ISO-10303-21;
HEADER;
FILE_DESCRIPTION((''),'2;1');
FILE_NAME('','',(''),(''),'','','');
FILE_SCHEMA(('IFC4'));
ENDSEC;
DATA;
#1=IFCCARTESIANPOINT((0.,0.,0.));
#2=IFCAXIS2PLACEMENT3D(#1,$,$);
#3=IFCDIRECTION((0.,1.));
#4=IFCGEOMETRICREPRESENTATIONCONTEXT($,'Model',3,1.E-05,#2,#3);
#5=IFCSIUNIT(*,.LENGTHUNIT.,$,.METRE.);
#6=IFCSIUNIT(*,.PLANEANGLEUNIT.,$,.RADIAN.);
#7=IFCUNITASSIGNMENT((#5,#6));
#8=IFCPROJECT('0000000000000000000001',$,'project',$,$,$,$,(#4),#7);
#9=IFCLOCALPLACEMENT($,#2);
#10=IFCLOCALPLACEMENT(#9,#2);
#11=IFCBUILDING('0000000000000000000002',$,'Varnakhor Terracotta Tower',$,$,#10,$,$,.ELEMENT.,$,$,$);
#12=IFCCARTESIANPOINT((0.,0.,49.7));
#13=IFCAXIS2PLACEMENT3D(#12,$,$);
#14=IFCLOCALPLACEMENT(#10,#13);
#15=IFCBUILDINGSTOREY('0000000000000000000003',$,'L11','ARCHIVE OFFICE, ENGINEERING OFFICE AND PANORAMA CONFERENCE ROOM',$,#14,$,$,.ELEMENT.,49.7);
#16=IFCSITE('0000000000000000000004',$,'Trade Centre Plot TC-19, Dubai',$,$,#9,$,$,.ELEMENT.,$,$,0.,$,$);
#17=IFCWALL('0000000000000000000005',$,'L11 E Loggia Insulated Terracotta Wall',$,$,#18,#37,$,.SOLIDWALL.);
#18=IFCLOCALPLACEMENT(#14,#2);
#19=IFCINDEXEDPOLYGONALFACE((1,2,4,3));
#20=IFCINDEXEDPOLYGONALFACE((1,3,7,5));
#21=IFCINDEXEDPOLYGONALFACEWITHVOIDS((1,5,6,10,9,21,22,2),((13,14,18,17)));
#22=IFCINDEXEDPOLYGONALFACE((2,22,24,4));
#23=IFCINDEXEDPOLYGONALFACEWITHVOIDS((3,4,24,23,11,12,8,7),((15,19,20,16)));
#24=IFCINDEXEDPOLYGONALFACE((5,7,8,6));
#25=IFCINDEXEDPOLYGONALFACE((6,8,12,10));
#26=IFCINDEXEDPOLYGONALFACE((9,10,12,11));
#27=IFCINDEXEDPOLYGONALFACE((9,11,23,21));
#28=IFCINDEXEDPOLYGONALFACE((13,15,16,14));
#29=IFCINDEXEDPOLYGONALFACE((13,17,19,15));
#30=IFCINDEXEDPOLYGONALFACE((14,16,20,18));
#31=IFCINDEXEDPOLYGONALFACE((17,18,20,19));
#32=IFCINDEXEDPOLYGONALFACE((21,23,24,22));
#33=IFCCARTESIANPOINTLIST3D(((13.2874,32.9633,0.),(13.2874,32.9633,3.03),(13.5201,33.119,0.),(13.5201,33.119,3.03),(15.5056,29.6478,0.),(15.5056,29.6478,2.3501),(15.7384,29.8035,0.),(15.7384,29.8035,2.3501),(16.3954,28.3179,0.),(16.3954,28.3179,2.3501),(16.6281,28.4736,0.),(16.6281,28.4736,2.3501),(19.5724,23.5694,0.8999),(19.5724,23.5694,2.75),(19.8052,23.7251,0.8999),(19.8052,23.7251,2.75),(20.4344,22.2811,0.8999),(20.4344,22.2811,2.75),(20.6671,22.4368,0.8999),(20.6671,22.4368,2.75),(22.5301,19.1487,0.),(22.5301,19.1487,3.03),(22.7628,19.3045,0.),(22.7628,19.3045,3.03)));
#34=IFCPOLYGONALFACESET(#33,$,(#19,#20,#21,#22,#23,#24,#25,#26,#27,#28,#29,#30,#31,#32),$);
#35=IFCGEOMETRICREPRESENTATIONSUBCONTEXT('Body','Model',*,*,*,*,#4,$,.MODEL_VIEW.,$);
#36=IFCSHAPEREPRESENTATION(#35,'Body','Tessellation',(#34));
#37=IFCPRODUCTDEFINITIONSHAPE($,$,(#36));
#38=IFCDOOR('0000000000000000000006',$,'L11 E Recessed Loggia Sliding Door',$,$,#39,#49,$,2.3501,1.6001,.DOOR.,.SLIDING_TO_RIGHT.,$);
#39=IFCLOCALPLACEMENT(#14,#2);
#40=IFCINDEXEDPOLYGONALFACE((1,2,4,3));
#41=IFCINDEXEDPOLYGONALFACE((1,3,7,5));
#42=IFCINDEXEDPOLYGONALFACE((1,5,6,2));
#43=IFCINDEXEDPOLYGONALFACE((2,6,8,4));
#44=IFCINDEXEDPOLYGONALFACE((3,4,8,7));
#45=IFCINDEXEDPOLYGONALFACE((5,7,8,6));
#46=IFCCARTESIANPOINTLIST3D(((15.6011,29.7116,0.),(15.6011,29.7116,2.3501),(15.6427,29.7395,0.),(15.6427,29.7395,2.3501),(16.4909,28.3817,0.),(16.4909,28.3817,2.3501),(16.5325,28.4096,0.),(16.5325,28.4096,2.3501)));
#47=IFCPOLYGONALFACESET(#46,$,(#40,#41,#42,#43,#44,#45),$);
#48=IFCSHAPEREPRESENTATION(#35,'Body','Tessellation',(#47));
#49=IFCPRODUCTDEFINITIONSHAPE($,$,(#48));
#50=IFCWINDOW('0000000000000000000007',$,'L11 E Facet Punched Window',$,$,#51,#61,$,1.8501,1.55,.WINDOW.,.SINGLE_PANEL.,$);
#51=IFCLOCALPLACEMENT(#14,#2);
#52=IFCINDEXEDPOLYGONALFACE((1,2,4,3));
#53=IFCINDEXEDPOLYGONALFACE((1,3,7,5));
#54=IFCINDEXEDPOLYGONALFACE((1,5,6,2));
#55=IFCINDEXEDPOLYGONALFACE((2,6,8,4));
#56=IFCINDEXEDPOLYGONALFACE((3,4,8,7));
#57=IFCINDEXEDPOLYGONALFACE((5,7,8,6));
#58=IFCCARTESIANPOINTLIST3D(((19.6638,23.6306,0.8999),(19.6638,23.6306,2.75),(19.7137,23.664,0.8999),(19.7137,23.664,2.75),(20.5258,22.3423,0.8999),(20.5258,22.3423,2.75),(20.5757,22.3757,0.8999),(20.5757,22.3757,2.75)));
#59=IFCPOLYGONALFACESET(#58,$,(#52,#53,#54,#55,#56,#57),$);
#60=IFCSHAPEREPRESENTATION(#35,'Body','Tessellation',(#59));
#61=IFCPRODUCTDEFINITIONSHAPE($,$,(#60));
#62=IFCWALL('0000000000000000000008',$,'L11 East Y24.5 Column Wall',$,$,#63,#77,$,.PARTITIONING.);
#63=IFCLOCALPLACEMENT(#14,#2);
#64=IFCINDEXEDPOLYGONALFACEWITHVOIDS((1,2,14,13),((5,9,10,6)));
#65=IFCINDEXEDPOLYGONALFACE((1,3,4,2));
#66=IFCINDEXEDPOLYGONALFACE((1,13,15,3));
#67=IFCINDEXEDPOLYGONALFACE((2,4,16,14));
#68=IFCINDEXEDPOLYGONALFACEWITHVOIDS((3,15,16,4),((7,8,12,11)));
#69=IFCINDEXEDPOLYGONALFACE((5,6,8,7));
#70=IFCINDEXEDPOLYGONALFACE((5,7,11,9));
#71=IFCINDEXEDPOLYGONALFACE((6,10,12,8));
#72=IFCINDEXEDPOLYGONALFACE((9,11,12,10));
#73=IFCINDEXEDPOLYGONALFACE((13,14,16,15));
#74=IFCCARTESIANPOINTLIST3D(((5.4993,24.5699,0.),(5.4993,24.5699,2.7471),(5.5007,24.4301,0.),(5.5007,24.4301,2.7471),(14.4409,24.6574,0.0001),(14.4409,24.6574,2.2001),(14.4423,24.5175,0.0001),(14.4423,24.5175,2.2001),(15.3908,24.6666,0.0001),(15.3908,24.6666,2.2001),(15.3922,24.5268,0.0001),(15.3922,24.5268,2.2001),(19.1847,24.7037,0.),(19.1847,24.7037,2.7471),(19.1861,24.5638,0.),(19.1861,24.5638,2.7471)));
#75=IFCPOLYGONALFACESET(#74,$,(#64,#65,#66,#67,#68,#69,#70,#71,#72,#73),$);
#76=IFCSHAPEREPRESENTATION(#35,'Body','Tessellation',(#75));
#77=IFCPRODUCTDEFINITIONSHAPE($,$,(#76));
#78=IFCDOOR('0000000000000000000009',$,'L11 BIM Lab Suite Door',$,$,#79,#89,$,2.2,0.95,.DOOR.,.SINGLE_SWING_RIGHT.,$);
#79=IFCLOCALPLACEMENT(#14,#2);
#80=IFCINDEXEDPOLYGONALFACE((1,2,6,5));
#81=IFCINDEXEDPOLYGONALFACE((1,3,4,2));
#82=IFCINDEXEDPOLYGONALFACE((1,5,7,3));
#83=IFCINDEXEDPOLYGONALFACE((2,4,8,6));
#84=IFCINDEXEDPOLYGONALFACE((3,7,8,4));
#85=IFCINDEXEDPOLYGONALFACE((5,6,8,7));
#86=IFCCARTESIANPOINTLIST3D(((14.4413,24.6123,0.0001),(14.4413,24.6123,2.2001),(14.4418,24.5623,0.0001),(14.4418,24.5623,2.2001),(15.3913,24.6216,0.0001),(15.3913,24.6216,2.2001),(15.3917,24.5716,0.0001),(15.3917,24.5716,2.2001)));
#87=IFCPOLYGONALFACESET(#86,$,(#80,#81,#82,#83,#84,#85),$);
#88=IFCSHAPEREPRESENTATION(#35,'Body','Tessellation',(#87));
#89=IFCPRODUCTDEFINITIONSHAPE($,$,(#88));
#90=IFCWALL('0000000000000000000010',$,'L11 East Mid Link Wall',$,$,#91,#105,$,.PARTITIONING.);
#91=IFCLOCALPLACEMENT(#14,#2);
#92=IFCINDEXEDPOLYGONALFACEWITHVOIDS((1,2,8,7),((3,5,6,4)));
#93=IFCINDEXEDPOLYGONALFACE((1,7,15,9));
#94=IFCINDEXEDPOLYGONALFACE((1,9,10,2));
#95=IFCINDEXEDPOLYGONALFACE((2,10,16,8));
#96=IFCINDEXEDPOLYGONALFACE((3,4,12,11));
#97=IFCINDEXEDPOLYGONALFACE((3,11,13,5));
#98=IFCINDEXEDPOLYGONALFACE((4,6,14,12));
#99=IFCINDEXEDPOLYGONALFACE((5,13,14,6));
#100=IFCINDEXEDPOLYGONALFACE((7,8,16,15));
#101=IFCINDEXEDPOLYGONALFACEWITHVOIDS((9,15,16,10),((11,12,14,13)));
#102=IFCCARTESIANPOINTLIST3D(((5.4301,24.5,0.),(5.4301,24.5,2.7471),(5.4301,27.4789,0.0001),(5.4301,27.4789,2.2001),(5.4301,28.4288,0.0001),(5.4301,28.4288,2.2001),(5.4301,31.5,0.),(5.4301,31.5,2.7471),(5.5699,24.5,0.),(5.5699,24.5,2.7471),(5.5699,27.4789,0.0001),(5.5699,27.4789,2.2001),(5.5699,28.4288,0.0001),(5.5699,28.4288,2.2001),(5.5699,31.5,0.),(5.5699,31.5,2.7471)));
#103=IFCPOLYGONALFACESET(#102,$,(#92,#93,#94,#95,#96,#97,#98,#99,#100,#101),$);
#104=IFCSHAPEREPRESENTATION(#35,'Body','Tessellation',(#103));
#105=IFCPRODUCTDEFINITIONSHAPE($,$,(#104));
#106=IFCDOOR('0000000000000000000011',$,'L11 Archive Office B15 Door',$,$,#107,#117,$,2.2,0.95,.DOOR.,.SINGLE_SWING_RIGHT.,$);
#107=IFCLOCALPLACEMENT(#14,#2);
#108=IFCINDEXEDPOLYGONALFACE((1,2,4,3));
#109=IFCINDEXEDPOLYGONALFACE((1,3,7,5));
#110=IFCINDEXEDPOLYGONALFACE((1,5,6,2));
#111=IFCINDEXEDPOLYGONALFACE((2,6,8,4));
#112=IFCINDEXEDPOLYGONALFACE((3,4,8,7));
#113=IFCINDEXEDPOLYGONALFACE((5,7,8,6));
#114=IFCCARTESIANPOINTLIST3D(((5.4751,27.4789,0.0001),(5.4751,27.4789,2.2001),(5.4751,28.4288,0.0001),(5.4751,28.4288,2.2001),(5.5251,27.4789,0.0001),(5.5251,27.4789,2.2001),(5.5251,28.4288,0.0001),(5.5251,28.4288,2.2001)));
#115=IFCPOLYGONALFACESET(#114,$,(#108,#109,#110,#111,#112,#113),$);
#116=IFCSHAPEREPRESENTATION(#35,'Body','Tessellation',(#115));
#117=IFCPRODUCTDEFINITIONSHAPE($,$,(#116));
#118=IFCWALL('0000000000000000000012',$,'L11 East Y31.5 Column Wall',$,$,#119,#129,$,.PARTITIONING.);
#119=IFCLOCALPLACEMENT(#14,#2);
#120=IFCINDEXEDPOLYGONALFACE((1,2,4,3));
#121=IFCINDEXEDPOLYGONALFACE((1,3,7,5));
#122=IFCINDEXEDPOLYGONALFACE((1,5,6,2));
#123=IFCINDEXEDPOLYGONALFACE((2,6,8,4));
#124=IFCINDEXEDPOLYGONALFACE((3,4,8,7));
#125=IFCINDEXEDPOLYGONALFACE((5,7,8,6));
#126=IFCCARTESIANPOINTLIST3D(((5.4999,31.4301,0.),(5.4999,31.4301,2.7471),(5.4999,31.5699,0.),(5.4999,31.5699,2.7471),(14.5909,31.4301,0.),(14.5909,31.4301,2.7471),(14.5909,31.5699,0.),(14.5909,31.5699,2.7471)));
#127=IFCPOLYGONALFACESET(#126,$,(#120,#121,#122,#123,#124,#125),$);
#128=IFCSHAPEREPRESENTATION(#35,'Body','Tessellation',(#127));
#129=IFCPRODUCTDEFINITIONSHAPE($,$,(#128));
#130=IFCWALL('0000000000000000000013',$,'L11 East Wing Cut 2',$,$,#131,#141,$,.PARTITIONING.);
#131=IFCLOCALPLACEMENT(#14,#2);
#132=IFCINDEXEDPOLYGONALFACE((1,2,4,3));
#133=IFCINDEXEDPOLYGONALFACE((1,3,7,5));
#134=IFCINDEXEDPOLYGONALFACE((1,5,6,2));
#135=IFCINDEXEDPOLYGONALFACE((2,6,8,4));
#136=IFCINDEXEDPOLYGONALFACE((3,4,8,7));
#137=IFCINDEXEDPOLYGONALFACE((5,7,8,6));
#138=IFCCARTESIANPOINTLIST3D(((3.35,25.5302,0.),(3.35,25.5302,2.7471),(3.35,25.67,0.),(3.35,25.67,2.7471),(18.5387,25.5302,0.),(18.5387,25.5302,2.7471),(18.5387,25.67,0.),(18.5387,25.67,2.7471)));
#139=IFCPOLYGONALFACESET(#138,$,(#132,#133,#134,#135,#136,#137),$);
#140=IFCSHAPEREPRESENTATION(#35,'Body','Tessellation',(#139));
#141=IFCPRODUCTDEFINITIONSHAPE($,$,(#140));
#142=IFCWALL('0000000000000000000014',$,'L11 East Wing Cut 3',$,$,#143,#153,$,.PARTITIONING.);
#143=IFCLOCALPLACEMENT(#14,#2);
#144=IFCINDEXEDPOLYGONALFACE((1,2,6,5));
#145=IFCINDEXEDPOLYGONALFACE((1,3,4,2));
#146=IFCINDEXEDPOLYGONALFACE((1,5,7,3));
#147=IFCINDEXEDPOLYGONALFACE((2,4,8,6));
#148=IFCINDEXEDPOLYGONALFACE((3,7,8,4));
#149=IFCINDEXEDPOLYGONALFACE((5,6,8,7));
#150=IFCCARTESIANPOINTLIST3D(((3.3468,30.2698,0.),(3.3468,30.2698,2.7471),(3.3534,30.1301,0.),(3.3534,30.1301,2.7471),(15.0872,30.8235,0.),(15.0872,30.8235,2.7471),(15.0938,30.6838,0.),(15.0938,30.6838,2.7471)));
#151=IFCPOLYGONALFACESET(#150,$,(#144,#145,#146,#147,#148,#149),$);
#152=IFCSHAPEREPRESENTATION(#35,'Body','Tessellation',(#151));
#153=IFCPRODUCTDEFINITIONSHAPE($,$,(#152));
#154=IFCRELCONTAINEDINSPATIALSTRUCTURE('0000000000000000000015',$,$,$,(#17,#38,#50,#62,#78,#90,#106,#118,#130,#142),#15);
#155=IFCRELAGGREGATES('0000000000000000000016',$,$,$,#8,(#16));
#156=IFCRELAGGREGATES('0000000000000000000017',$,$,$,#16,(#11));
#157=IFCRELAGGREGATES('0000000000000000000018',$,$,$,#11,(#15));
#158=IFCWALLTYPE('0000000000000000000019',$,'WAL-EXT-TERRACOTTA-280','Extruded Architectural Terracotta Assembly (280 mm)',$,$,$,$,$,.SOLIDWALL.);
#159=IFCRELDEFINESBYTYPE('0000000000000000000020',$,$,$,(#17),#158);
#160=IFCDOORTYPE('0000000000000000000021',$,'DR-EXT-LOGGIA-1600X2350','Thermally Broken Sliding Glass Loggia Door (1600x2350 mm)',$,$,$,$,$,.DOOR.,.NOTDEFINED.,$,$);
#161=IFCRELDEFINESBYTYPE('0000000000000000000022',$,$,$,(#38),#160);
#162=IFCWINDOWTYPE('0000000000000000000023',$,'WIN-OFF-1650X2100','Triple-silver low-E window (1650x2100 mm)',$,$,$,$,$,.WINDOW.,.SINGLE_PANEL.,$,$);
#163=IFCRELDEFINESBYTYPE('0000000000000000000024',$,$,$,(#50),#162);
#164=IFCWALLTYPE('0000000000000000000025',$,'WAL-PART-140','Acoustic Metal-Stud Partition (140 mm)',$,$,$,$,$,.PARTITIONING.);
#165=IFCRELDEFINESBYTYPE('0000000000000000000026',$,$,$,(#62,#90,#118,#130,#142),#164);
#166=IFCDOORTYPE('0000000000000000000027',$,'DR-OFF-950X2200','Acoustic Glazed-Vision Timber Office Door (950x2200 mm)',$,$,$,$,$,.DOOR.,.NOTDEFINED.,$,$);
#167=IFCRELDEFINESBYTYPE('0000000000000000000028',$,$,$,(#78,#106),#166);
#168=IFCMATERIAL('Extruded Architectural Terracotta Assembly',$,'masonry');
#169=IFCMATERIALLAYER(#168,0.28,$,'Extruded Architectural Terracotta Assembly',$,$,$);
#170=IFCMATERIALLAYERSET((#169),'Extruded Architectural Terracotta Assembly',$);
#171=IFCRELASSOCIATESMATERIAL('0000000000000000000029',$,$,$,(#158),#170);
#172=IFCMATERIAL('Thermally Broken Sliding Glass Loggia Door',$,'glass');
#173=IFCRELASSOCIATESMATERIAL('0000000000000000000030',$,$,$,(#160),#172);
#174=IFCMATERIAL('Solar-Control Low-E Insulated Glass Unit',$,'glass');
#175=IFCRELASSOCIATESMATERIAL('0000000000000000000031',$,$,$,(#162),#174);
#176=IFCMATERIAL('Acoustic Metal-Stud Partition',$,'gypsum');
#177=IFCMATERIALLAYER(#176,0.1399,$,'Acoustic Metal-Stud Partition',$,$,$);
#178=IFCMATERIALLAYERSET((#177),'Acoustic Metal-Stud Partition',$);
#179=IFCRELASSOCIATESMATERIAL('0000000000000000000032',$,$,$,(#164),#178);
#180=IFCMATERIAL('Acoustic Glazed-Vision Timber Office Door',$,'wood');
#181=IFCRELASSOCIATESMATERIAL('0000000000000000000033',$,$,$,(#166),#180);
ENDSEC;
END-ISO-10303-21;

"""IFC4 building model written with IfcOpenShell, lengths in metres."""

from ifc_helpers import new_model, si_unit, direction, frame, frame_2d, origin, place, context, subcontext, project, spatial, rectangle, extrude, source, transform, mapped, material, layer, layer_set, type_object, type_shapes, element, fill, save


model = new_model("IFC4")

# Units and contexts
model_context = context("Model", 3, precision=1e-05, world=origin(), true_north=direction((0.0, 1.0)))
body_context = subcontext(model_context, "Body", "Model", "MODEL_VIEW")
ifc_project = project(units=[si_unit("LENGTHUNIT", "METRE"), si_unit("PLANEANGLEUNIT", "RADIAN")], contexts=[model_context])

# Site, building, storey
site_placement = place(None, origin())
site = spatial("IfcSite", under=ifc_project, at=site_placement, Name="Trade Centre Plot TC-19, Dubai", CompositionType="ELEMENT", RefElevation=0.0)
building_placement = place(site_placement, origin())
building = spatial("IfcBuilding", under=site, at=building_placement, Name="Varnakhor Terracotta Tower", CompositionType="ELEMENT")
storey_placement = place(building_placement, frame((0.0, 0.0, 49.7)))
storey = spatial("IfcBuildingStorey", under=building, at=storey_placement, Name="L11", Description="ARCHIVE OFFICE, ENGINEERING OFFICE AND PANORAMA CONFERENCE ROOM", CompositionType="ELEMENT", Elevation=49.7)

# Wall, openings, door, window
ifc_material_1 = material(Name="Extruded Architectural Terracotta Assembly", Category="masonry")
ifc_layer_1 = layer(ifc_material_1, 0.28, Name="Extruded Architectural Terracotta Assembly")
ifc_layer_set_1 = layer_set([ifc_layer_1], Name="Extruded Architectural Terracotta Assembly")
wall_type_1 = type_object("IfcWallType", Name="WAL-EXT-TERRACOTTA-280", Description="Extruded Architectural Terracotta Assembly (280 mm)", PredefinedType="SOLIDWALL", material=ifc_layer_set_1)
wall_1_placement = place(storey_placement, frame((13.4038, 33.041, 0.0), z_axis=(0.0, 0.0, 1.0), x_axis=(0.556076, -0.831132, 0.0)))
wall_1 = element("IfcWall", 1, at=wall_1_placement, inside=storey, type_object=wall_type_1, Name="L11 E Loggia Insulated Terracotta Wall", PredefinedType="SOLIDWALL", context=body_context, shape_type="SweptSolid", body=[
    extrude(rectangle(XDim=16.6213, YDim=0.28, at=frame_2d((8.3105, 0.0))), origin(), (0.0, 0.0, 1.0), 3.03),
])
opening_1_placement = place(wall_1_placement, frame((3.989, 0.0, 0.0)))
opening_1 = element("IfcOpeningElement", 2, at=opening_1_placement, cuts=wall_1, PredefinedType="OPENING", context=body_context, shape_type="SweptSolid", body=[
    extrude(rectangle(XDim=1.6001, YDim=2.3501, at=frame_2d((0.8, 1.175))), frame((0.0, 0.1499, 0.0), z_axis=(0.0, -1.0, 0.0), x_axis=(1.0, 0.0, 0.0)), (0.0, 0.0, 1.0), 0.3),
])
opening_2_placement = place(wall_1_placement, frame((11.3025, 0.0, 0.8999)))
opening_2 = element("IfcOpeningElement", 3, at=opening_2_placement, cuts=wall_1, PredefinedType="OPENING", context=body_context, shape_type="SweptSolid", body=[
    extrude(rectangle(XDim=1.55, YDim=1.8501, at=frame_2d((0.7749, 0.925))), frame((0.0, 0.1499, 0.0), z_axis=(0.0, -1.0, 0.0), x_axis=(1.0, 0.0, 0.0)), (0.0, 0.0, 1.0), 0.3),
])
ifc_material_2 = material(Name="Thermally Broken Sliding Glass Loggia Door", Category="glass")
door_type_1 = type_object("IfcDoorType", Name="DR-EXT-LOGGIA-1600X2350", Description="Thermally Broken Sliding Glass Loggia Door (1600x2350 mm)", OperationType="NOTDEFINED", PredefinedType="DOOR", material=ifc_material_2)
shared_shape_1 = source(origin(), body_context, "Body", "SweptSolid", [
    extrude(rectangle(XDim=1.6001, YDim=2.3501, at=frame_2d((0.8, 1.175))), frame((0.0, 0.0249, 0.0), z_axis=(0.0, -1.0, 0.0), x_axis=(1.0, 0.0, 0.0)), (0.0, 0.0, 1.0), 0.05),
])
type_shapes(door_type_1, [shared_shape_1])
door_1_placement = place(opening_1_placement, origin())
door_1 = element("IfcDoor", 4, at=door_1_placement, inside=storey, type_object=door_type_1, Name="L11 E Recessed Loggia Sliding Door", OperationType="SLIDING_TO_RIGHT", OverallHeight=2.3501, OverallWidth=1.6001, PredefinedType="DOOR", context=body_context, shape_type="MappedRepresentation", body=[
    mapped(shared_shape_1, transform((0.0, 0.0, 0.0), scale=1.0)),
])
fill(opening_1, door_1)
ifc_material_3 = material(Name="Solar-Control Low-E Insulated Glass Unit", Category="glass")
window_type = type_object("IfcWindowType", Name="WIN-OFF-1650X2100", Description="Triple-silver low-E window (1650x2100 mm)", PartitioningType="SINGLE_PANEL", PredefinedType="WINDOW", material=ifc_material_3)
shared_shape_2 = source(origin(), body_context, "Body", "SweptSolid", [
    extrude(rectangle(XDim=1.55, YDim=1.8501, at=frame_2d((0.7749, 0.925))), frame((0.0, 0.03, 0.0), z_axis=(0.0, -1.0, 0.0), x_axis=(1.0, 0.0, 0.0)), (0.0, 0.0, 1.0), 0.0601),
])
type_shapes(window_type, [shared_shape_2])
window_placement = place(opening_2_placement, origin())
window = element("IfcWindow", 5, at=window_placement, inside=storey, type_object=window_type, Name="L11 E Facet Punched Window", OverallHeight=1.8501, OverallWidth=1.55, PartitioningType="SINGLE_PANEL", PredefinedType="WINDOW", context=body_context, shape_type="MappedRepresentation", body=[
    mapped(shared_shape_2, transform((0.0, 0.0, 0.0), scale=1.0)),
])
fill(opening_2, window)

# Walls, openings, doors
ifc_material_4 = material(Name="Acoustic Metal-Stud Partition", Category="gypsum")
ifc_layer_2 = layer(ifc_material_4, 0.1399, Name="Acoustic Metal-Stud Partition")
ifc_layer_set_2 = layer_set([ifc_layer_2], Name="Acoustic Metal-Stud Partition")
wall_type_2 = type_object("IfcWallType", Name="WAL-PART-140", Description="Acoustic Metal-Stud Partition (140 mm)", PredefinedType="PARTITIONING", material=ifc_layer_set_2)
wall_2_placement = place(storey_placement, frame((5.5, 24.5, 0.0), z_axis=(0.0, 0.0, 1.0), x_axis=(0.999952, 0.009776, 0.0)))
wall_2 = element("IfcWall", 6, at=wall_2_placement, inside=storey, type_object=wall_type_2, Name="L11 East Y24.5 Column Wall", PredefinedType="PARTITIONING", context=body_context, shape_type="SweptSolid", body=[
    extrude(rectangle(XDim=13.686, YDim=0.1399, at=frame_2d((6.843, 0.0))), origin(), (0.0, 0.0, 1.0), 2.7471),
])
opening_3_placement = place(wall_2_placement, frame((8.9419, 0.0, 0.0)))
opening_3 = element("IfcOpeningElement", 7, at=opening_3_placement, cuts=wall_2, PredefinedType="OPENING", context=body_context, shape_type="SweptSolid", body=[
    extrude(rectangle(XDim=0.95, YDim=2.2, at=frame_2d((0.4751, 1.1001))), frame((0.0, 0.0801, 0.0), z_axis=(0.0, -1.0, 0.0), x_axis=(1.0, 0.0, 0.0)), (0.0, 0.0, 1.0), 0.1599),
])
ifc_material_5 = material(Name="Acoustic Glazed-Vision Timber Office Door", Category="wood")
door_type_2 = type_object("IfcDoorType", Name="DR-OFF-950X2200", Description="Acoustic Glazed-Vision Timber Office Door (950x2200 mm)", OperationType="NOTDEFINED", PredefinedType="DOOR", material=ifc_material_5)
shared_shape_3 = source(origin(), body_context, "Body", "SweptSolid", [
    extrude(rectangle(XDim=0.95, YDim=2.2, at=frame_2d((0.4751, 1.1001))), frame((0.0, 0.0249, 0.0), z_axis=(0.0, -1.0, 0.0), x_axis=(1.0, 0.0, 0.0)), (0.0, 0.0, 1.0), 0.05),
])
type_shapes(door_type_2, [shared_shape_3])
door_2_placement = place(opening_3_placement, origin())
door_2 = element("IfcDoor", 8, at=door_2_placement, inside=storey, type_object=door_type_2, Name="L11 BIM Lab Suite Door", OperationType="SINGLE_SWING_RIGHT", OverallHeight=2.2, OverallWidth=0.95, PredefinedType="DOOR", context=body_context, shape_type="MappedRepresentation", body=[
    mapped(shared_shape_3, transform((0.0, 0.0, 0.0), scale=1.0)),
])
fill(opening_3, door_2)
wall_3_placement = place(storey_placement, frame((5.5, 24.5, 0.0), z_axis=(0.0, 0.0, 1.0), x_axis=(0.0, 1.0, 0.0)))
wall_3 = element("IfcWall", 9, at=wall_3_placement, inside=storey, type_object=wall_type_2, Name="L11 East Mid Link Wall", PredefinedType="PARTITIONING", context=body_context, shape_type="SweptSolid", body=[
    extrude(rectangle(XDim=7.0, YDim=0.1399, at=frame_2d((3.5, 0.0))), origin(), (0.0, 0.0, 1.0), 2.7471),
])
opening_4_placement = place(wall_3_placement, frame((2.9788, 0.0, 0.0)))
opening_4 = element("IfcOpeningElement", 10, at=opening_4_placement, cuts=wall_3, PredefinedType="OPENING", context=body_context, shape_type="SweptSolid", body=[
    extrude(rectangle(XDim=0.95, YDim=2.2, at=frame_2d((0.4751, 1.1001))), frame((0.0, 0.0801, 0.0), z_axis=(0.0, -1.0, 0.0), x_axis=(1.0, 0.0, 0.0)), (0.0, 0.0, 1.0), 0.1599),
])
door_3_placement = place(opening_4_placement, origin())
door_3 = element("IfcDoor", 11, at=door_3_placement, inside=storey, type_object=door_type_2, Name="L11 Archive Office B15 Door", OperationType="SINGLE_SWING_RIGHT", OverallHeight=2.2, OverallWidth=0.95, PredefinedType="DOOR", context=body_context, shape_type="MappedRepresentation", body=[
    mapped(shared_shape_3, transform((0.0, 0.0, 0.0), scale=1.0)),
])
fill(opening_4, door_3)

# Walls
wall_4_placement = place(storey_placement, frame((5.5, 31.5, 0.0), z_axis=(0.0, 0.0, 1.0), x_axis=(1.0, 0.0, 0.0)))
element("IfcWall", 12, at=wall_4_placement, inside=storey, type_object=wall_type_2, Name="L11 East Y31.5 Column Wall", PredefinedType="PARTITIONING", context=body_context, shape_type="SweptSolid", body=[
    extrude(rectangle(XDim=9.0911, YDim=0.1399, at=frame_2d((4.5454, 0.0))), origin(), (0.0, 0.0, 1.0), 2.7471),
])
wall_5_placement = place(storey_placement, frame((3.3501, 25.6001, 0.0), z_axis=(0.0, 0.0, 1.0), x_axis=(1.0, 0.0, 0.0)))
element("IfcWall", 13, at=wall_5_placement, inside=storey, type_object=wall_type_2, Name="L11 East Wing Cut 2", PredefinedType="PARTITIONING", context=body_context, shape_type="SweptSolid", body=[
    extrude(rectangle(XDim=15.1887, YDim=0.1399, at=frame_2d((7.5942, 0.0))), origin(), (0.0, 0.0, 1.0), 2.7471),
])
wall_6_placement = place(storey_placement, frame((3.3501, 30.2, 0.0), z_axis=(0.0, 0.0, 1.0), x_axis=(0.99889, 0.04711, 0.0)))
element("IfcWall", 14, at=wall_6_placement, inside=storey, type_object=wall_type_2, Name="L11 East Wing Cut 3", PredefinedType="PARTITIONING", context=body_context, shape_type="SweptSolid", body=[
    extrude(rectangle(XDim=11.7534, YDim=0.1399, at=frame_2d((5.8767, 0.0))), origin(), (0.0, 0.0, 1.0), 2.7471),
])

save(model, "model.ifc")
